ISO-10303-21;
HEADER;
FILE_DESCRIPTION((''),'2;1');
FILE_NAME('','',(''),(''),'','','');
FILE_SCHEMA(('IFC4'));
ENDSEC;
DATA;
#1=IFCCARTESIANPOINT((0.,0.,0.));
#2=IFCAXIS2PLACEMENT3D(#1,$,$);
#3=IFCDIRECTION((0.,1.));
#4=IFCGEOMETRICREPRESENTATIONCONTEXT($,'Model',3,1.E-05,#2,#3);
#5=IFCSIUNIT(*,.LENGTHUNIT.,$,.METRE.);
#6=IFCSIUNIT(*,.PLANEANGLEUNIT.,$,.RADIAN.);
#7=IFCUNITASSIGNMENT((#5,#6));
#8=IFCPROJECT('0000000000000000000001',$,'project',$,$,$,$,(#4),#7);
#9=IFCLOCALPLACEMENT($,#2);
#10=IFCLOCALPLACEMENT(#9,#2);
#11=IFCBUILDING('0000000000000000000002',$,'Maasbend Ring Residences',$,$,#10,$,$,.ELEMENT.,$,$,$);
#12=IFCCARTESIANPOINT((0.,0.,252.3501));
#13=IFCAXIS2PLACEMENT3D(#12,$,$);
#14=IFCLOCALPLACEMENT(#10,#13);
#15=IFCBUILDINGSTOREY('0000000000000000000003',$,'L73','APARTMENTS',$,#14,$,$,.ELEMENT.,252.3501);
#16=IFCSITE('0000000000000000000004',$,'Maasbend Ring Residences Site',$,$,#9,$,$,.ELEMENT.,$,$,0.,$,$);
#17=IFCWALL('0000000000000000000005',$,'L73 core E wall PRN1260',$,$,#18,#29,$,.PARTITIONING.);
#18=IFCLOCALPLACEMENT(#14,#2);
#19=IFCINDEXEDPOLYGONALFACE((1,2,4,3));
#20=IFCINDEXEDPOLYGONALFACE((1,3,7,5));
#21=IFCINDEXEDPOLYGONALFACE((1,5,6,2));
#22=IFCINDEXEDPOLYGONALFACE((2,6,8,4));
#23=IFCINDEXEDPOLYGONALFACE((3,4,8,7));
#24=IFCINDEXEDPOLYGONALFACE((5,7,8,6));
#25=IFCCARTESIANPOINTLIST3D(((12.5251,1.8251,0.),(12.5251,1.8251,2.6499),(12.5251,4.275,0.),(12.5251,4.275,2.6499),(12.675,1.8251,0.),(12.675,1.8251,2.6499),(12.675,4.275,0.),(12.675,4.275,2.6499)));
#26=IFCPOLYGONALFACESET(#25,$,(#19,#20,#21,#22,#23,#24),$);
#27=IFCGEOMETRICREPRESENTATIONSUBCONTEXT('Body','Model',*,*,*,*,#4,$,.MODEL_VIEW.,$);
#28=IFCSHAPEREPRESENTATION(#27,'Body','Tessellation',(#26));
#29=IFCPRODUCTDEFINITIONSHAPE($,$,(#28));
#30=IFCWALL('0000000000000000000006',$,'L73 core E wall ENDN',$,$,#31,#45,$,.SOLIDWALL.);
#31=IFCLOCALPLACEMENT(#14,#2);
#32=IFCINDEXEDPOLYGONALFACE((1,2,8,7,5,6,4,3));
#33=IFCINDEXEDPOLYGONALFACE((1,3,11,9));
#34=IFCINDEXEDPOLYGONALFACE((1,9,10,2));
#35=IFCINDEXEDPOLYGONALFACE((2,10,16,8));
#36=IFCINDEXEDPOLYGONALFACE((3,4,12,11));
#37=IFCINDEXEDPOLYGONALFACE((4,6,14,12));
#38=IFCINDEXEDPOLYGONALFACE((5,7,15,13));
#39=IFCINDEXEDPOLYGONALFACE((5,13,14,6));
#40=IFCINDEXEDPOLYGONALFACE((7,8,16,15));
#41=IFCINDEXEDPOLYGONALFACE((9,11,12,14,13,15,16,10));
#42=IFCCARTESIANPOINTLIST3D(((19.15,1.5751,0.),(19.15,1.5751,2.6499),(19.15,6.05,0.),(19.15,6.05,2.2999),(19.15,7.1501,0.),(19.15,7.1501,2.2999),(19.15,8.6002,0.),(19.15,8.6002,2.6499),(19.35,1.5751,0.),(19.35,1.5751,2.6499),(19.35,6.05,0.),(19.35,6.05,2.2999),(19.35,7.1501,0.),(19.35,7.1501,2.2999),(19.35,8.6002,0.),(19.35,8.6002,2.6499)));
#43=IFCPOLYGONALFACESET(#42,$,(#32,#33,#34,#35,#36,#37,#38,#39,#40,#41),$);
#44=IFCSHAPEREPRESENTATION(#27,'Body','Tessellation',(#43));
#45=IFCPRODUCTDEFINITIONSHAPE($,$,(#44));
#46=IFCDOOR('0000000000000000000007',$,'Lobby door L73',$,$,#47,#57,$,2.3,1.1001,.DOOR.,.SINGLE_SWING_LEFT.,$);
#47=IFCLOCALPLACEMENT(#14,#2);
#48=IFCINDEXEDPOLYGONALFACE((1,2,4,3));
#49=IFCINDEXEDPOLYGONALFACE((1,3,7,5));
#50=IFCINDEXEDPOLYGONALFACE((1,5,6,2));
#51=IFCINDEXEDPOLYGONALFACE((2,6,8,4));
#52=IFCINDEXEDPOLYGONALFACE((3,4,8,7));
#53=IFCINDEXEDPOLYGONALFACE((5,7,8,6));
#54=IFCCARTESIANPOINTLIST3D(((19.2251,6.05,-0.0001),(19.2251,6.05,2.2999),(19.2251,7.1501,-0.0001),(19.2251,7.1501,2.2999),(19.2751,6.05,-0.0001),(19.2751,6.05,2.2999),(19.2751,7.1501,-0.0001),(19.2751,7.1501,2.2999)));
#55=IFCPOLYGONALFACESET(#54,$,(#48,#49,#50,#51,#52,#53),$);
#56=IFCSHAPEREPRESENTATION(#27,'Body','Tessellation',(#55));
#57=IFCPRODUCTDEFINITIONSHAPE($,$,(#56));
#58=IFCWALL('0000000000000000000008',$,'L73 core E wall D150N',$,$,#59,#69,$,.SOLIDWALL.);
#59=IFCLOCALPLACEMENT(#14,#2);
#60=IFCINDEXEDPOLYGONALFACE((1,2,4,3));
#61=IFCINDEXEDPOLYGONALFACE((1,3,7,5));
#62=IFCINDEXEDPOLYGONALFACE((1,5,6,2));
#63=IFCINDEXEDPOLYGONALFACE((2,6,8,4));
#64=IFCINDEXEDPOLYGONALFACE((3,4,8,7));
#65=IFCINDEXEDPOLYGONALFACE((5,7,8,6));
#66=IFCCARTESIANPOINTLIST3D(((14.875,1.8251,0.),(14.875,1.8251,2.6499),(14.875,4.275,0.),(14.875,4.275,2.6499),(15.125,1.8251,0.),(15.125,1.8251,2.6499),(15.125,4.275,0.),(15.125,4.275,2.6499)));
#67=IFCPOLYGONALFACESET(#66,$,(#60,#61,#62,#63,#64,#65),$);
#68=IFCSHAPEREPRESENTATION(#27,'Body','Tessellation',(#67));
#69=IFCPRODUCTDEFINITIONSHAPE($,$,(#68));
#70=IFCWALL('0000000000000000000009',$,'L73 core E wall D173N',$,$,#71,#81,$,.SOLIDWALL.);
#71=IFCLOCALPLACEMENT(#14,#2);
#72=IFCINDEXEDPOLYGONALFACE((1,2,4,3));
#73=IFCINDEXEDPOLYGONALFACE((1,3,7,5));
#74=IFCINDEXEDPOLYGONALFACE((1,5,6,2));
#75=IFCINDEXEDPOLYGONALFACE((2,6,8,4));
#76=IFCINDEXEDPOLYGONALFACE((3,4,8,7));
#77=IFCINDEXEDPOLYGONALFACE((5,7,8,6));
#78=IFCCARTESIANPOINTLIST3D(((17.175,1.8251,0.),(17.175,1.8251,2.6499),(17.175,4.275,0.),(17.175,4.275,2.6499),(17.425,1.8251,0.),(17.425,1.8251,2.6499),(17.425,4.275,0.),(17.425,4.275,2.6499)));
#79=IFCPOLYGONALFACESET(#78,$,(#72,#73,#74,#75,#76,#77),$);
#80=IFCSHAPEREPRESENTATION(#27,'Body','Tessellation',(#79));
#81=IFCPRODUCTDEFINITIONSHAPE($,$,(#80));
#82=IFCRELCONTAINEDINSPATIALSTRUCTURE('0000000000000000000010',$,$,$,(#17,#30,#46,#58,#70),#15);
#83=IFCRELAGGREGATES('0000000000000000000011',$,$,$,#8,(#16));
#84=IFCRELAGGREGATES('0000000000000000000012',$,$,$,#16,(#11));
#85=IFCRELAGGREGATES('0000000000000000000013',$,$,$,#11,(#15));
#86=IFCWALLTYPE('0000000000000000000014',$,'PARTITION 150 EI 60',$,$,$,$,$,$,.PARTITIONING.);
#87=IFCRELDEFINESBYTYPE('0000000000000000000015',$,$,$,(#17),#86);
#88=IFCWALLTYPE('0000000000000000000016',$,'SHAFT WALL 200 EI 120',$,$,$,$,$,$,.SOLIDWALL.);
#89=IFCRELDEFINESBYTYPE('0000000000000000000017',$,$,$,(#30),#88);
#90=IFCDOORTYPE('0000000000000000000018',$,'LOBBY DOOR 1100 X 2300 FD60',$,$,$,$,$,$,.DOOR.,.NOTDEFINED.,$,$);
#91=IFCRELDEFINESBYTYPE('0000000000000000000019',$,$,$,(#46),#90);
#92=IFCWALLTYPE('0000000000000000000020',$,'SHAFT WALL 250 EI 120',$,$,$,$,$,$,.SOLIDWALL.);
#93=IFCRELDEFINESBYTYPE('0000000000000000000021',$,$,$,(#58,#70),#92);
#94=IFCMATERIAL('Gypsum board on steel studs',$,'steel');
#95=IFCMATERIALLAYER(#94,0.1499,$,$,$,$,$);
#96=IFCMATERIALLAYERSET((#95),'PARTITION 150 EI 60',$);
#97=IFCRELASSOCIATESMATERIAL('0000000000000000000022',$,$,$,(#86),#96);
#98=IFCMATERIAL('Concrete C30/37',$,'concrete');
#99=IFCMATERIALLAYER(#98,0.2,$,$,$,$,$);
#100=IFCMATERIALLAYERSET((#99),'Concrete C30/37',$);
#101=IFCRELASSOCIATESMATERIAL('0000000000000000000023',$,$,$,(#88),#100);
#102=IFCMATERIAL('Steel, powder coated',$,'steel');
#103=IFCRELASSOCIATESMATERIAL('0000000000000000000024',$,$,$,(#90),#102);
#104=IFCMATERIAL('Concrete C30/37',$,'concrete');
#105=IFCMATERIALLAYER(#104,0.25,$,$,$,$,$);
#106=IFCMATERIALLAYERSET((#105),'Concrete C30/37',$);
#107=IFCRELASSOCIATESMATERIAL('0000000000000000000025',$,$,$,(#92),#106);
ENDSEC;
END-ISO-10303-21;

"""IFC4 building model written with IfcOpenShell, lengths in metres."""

from ifc_helpers import new_model, si_unit, direction, frame, frame_2d, origin, place, context, subcontext, project, spatial, rectangle, extrude, material, layer, layer_set, type_object, element, fill, save


model = new_model("IFC4")

# Units and contexts
model_context = context("Model", 3, precision=1e-05, world=origin(), true_north=direction((0.0, 1.0)))
body_context = subcontext(model_context, "Body", "Model", "MODEL_VIEW")
ifc_project = project(units=[si_unit("LENGTHUNIT", "METRE"), si_unit("PLANEANGLEUNIT", "RADIAN")], contexts=[model_context])

# Site, building, storey
site_placement = place(None, origin())
site = spatial("IfcSite", under=ifc_project, at=site_placement, Name="Maasbend Ring Residences Site", CompositionType="ELEMENT", RefElevation=0.0)
building_placement = place(site_placement, origin())
building = spatial("IfcBuilding", under=site, at=building_placement, Name="Maasbend Ring Residences", CompositionType="ELEMENT")
storey_placement = place(building_placement, frame((0.0, 0.0, 252.3501)))
storey = spatial("IfcBuildingStorey", under=building, at=storey_placement, Name="L73", Description="APARTMENTS", CompositionType="ELEMENT", Elevation=252.3501)

# Wall
ifc_material_1 = material(Name="Gypsum board on steel studs", Category="steel")
ifc_layer_1 = layer(ifc_material_1, 0.1499)
ifc_layer_set_1 = layer_set([ifc_layer_1], Name="PARTITION 150 EI 60")
wall_type_1 = type_object("IfcWallType", Name="PARTITION 150 EI 60", PredefinedType="PARTITIONING", material=ifc_layer_set_1)
wall_1_placement = place(storey_placement, frame((12.6001, 1.825, 0.0), z_axis=(0.0, 0.0, 1.0), x_axis=(0.0, 1.0, 0.0)))
element("IfcWall", 1, at=wall_1_placement, inside=storey, type_object=wall_type_1, Name="L73 core E wall PRN1260", PredefinedType="PARTITIONING", context=body_context, shape_type="SweptSolid", body=[
    extrude(rectangle(XDim=2.45, YDim=0.1499, at=frame_2d((1.2251, 0.0))), origin(), (0.0, 0.0, 1.0), 2.6499),
])

# Wall, opening, door
ifc_material_2 = material(Name="Concrete C30/37", Category="concrete")
ifc_layer_2 = layer(ifc_material_2, 0.2)
ifc_layer_set_2 = layer_set([ifc_layer_2], Name="Concrete C30/37")
wall_type_2 = type_object("IfcWallType", Name="SHAFT WALL 200 EI 120", PredefinedType="SOLIDWALL", material=ifc_layer_set_2)
wall_2_placement = place(storey_placement, frame((19.25, 1.575, 0.0), z_axis=(0.0, 0.0, 1.0), x_axis=(0.0, 1.0, 0.0)))
wall_2 = element("IfcWall", 2, at=wall_2_placement, inside=storey, type_object=wall_type_2, Name="L73 core E wall ENDN", PredefinedType="SOLIDWALL", context=body_context, shape_type="SweptSolid", body=[
    extrude(rectangle(XDim=7.0251, YDim=0.2, at=frame_2d((3.5127, 0.0))), origin(), (0.0, 0.0, 1.0), 2.6499),
])
opening_1_placement = place(wall_2_placement, frame((4.4751, 0.0, 0.0)))
opening_1 = element("IfcOpeningElement", 3, at=opening_1_placement, cuts=wall_2, PredefinedType="OPENING", context=body_context, shape_type="SweptSolid", body=[
    extrude(rectangle(XDim=1.1001, YDim=2.3, at=frame_2d((0.55, 1.1499))), frame((0.0, 0.1099, 0.0), z_axis=(0.0, -1.0, 0.0), x_axis=(1.0, 0.0, 0.0)), (0.0, 0.0, 1.0), 0.22),
])
ifc_material_3 = material(Name="Steel, powder coated", Category="steel")
door_type_1 = type_object("IfcDoorType", Name="LOBBY DOOR 1100 X 2300 FD60", OperationType="NOTDEFINED", PredefinedType="DOOR", material=ifc_material_3)
door_1_placement = place(opening_1_placement, origin())
door_1 = element("IfcDoor", 4, at=door_1_placement, inside=storey, type_object=door_type_1, Name="Lobby door L73", OperationType="SINGLE_SWING_LEFT", OverallHeight=2.3, OverallWidth=1.1001, PredefinedType="DOOR", context=body_context, shape_type="SweptSolid", body=[
    extrude(rectangle(XDim=1.1001, YDim=2.3, at=frame_2d((0.55, 1.1499))), frame((0.0, 0.0249, 0.0), z_axis=(0.0, -1.0, 0.0), x_axis=(1.0, 0.0, 0.0)), (0.0, 0.0, 1.0), 0.05),
])
fill(opening_1, door_1)

# Walls
ifc_material_4 = material(Name="Concrete C30/37", Category="concrete")
ifc_layer_3 = layer(ifc_material_4, 0.25)
ifc_layer_set_3 = layer_set([ifc_layer_3], Name="Concrete C30/37")
wall_type_3 = type_object("IfcWallType", Name="SHAFT WALL 250 EI 120", PredefinedType="SOLIDWALL", material=ifc_layer_set_3)
for number, where, z_axis, x_axis, name in (
    (5, (15.0, 1.825, 0.0), (0.0, 0.0, 1.0), (0.0, 1.0, 0.0), "L73 core E wall D150N"),
    (6, (17.3, 1.825, 0.0), (0.0, 0.0, 1.0), (0.0, 1.0, 0.0), "L73 core E wall D173N"),
):
    element("IfcWall", number, at=place(storey_placement, frame(where, z_axis=z_axis, x_axis=x_axis)), inside=storey, type_object=wall_type_3, Name=name, PredefinedType="SOLIDWALL", context=body_context, shape_type="SweptSolid", body=[
        extrude(rectangle(XDim=2.45, YDim=0.25, at=frame_2d((1.2251, 0.0))), origin(), (0.0, 0.0, 1.0), 2.6499),
    ])

save(model, "model.ifc")
